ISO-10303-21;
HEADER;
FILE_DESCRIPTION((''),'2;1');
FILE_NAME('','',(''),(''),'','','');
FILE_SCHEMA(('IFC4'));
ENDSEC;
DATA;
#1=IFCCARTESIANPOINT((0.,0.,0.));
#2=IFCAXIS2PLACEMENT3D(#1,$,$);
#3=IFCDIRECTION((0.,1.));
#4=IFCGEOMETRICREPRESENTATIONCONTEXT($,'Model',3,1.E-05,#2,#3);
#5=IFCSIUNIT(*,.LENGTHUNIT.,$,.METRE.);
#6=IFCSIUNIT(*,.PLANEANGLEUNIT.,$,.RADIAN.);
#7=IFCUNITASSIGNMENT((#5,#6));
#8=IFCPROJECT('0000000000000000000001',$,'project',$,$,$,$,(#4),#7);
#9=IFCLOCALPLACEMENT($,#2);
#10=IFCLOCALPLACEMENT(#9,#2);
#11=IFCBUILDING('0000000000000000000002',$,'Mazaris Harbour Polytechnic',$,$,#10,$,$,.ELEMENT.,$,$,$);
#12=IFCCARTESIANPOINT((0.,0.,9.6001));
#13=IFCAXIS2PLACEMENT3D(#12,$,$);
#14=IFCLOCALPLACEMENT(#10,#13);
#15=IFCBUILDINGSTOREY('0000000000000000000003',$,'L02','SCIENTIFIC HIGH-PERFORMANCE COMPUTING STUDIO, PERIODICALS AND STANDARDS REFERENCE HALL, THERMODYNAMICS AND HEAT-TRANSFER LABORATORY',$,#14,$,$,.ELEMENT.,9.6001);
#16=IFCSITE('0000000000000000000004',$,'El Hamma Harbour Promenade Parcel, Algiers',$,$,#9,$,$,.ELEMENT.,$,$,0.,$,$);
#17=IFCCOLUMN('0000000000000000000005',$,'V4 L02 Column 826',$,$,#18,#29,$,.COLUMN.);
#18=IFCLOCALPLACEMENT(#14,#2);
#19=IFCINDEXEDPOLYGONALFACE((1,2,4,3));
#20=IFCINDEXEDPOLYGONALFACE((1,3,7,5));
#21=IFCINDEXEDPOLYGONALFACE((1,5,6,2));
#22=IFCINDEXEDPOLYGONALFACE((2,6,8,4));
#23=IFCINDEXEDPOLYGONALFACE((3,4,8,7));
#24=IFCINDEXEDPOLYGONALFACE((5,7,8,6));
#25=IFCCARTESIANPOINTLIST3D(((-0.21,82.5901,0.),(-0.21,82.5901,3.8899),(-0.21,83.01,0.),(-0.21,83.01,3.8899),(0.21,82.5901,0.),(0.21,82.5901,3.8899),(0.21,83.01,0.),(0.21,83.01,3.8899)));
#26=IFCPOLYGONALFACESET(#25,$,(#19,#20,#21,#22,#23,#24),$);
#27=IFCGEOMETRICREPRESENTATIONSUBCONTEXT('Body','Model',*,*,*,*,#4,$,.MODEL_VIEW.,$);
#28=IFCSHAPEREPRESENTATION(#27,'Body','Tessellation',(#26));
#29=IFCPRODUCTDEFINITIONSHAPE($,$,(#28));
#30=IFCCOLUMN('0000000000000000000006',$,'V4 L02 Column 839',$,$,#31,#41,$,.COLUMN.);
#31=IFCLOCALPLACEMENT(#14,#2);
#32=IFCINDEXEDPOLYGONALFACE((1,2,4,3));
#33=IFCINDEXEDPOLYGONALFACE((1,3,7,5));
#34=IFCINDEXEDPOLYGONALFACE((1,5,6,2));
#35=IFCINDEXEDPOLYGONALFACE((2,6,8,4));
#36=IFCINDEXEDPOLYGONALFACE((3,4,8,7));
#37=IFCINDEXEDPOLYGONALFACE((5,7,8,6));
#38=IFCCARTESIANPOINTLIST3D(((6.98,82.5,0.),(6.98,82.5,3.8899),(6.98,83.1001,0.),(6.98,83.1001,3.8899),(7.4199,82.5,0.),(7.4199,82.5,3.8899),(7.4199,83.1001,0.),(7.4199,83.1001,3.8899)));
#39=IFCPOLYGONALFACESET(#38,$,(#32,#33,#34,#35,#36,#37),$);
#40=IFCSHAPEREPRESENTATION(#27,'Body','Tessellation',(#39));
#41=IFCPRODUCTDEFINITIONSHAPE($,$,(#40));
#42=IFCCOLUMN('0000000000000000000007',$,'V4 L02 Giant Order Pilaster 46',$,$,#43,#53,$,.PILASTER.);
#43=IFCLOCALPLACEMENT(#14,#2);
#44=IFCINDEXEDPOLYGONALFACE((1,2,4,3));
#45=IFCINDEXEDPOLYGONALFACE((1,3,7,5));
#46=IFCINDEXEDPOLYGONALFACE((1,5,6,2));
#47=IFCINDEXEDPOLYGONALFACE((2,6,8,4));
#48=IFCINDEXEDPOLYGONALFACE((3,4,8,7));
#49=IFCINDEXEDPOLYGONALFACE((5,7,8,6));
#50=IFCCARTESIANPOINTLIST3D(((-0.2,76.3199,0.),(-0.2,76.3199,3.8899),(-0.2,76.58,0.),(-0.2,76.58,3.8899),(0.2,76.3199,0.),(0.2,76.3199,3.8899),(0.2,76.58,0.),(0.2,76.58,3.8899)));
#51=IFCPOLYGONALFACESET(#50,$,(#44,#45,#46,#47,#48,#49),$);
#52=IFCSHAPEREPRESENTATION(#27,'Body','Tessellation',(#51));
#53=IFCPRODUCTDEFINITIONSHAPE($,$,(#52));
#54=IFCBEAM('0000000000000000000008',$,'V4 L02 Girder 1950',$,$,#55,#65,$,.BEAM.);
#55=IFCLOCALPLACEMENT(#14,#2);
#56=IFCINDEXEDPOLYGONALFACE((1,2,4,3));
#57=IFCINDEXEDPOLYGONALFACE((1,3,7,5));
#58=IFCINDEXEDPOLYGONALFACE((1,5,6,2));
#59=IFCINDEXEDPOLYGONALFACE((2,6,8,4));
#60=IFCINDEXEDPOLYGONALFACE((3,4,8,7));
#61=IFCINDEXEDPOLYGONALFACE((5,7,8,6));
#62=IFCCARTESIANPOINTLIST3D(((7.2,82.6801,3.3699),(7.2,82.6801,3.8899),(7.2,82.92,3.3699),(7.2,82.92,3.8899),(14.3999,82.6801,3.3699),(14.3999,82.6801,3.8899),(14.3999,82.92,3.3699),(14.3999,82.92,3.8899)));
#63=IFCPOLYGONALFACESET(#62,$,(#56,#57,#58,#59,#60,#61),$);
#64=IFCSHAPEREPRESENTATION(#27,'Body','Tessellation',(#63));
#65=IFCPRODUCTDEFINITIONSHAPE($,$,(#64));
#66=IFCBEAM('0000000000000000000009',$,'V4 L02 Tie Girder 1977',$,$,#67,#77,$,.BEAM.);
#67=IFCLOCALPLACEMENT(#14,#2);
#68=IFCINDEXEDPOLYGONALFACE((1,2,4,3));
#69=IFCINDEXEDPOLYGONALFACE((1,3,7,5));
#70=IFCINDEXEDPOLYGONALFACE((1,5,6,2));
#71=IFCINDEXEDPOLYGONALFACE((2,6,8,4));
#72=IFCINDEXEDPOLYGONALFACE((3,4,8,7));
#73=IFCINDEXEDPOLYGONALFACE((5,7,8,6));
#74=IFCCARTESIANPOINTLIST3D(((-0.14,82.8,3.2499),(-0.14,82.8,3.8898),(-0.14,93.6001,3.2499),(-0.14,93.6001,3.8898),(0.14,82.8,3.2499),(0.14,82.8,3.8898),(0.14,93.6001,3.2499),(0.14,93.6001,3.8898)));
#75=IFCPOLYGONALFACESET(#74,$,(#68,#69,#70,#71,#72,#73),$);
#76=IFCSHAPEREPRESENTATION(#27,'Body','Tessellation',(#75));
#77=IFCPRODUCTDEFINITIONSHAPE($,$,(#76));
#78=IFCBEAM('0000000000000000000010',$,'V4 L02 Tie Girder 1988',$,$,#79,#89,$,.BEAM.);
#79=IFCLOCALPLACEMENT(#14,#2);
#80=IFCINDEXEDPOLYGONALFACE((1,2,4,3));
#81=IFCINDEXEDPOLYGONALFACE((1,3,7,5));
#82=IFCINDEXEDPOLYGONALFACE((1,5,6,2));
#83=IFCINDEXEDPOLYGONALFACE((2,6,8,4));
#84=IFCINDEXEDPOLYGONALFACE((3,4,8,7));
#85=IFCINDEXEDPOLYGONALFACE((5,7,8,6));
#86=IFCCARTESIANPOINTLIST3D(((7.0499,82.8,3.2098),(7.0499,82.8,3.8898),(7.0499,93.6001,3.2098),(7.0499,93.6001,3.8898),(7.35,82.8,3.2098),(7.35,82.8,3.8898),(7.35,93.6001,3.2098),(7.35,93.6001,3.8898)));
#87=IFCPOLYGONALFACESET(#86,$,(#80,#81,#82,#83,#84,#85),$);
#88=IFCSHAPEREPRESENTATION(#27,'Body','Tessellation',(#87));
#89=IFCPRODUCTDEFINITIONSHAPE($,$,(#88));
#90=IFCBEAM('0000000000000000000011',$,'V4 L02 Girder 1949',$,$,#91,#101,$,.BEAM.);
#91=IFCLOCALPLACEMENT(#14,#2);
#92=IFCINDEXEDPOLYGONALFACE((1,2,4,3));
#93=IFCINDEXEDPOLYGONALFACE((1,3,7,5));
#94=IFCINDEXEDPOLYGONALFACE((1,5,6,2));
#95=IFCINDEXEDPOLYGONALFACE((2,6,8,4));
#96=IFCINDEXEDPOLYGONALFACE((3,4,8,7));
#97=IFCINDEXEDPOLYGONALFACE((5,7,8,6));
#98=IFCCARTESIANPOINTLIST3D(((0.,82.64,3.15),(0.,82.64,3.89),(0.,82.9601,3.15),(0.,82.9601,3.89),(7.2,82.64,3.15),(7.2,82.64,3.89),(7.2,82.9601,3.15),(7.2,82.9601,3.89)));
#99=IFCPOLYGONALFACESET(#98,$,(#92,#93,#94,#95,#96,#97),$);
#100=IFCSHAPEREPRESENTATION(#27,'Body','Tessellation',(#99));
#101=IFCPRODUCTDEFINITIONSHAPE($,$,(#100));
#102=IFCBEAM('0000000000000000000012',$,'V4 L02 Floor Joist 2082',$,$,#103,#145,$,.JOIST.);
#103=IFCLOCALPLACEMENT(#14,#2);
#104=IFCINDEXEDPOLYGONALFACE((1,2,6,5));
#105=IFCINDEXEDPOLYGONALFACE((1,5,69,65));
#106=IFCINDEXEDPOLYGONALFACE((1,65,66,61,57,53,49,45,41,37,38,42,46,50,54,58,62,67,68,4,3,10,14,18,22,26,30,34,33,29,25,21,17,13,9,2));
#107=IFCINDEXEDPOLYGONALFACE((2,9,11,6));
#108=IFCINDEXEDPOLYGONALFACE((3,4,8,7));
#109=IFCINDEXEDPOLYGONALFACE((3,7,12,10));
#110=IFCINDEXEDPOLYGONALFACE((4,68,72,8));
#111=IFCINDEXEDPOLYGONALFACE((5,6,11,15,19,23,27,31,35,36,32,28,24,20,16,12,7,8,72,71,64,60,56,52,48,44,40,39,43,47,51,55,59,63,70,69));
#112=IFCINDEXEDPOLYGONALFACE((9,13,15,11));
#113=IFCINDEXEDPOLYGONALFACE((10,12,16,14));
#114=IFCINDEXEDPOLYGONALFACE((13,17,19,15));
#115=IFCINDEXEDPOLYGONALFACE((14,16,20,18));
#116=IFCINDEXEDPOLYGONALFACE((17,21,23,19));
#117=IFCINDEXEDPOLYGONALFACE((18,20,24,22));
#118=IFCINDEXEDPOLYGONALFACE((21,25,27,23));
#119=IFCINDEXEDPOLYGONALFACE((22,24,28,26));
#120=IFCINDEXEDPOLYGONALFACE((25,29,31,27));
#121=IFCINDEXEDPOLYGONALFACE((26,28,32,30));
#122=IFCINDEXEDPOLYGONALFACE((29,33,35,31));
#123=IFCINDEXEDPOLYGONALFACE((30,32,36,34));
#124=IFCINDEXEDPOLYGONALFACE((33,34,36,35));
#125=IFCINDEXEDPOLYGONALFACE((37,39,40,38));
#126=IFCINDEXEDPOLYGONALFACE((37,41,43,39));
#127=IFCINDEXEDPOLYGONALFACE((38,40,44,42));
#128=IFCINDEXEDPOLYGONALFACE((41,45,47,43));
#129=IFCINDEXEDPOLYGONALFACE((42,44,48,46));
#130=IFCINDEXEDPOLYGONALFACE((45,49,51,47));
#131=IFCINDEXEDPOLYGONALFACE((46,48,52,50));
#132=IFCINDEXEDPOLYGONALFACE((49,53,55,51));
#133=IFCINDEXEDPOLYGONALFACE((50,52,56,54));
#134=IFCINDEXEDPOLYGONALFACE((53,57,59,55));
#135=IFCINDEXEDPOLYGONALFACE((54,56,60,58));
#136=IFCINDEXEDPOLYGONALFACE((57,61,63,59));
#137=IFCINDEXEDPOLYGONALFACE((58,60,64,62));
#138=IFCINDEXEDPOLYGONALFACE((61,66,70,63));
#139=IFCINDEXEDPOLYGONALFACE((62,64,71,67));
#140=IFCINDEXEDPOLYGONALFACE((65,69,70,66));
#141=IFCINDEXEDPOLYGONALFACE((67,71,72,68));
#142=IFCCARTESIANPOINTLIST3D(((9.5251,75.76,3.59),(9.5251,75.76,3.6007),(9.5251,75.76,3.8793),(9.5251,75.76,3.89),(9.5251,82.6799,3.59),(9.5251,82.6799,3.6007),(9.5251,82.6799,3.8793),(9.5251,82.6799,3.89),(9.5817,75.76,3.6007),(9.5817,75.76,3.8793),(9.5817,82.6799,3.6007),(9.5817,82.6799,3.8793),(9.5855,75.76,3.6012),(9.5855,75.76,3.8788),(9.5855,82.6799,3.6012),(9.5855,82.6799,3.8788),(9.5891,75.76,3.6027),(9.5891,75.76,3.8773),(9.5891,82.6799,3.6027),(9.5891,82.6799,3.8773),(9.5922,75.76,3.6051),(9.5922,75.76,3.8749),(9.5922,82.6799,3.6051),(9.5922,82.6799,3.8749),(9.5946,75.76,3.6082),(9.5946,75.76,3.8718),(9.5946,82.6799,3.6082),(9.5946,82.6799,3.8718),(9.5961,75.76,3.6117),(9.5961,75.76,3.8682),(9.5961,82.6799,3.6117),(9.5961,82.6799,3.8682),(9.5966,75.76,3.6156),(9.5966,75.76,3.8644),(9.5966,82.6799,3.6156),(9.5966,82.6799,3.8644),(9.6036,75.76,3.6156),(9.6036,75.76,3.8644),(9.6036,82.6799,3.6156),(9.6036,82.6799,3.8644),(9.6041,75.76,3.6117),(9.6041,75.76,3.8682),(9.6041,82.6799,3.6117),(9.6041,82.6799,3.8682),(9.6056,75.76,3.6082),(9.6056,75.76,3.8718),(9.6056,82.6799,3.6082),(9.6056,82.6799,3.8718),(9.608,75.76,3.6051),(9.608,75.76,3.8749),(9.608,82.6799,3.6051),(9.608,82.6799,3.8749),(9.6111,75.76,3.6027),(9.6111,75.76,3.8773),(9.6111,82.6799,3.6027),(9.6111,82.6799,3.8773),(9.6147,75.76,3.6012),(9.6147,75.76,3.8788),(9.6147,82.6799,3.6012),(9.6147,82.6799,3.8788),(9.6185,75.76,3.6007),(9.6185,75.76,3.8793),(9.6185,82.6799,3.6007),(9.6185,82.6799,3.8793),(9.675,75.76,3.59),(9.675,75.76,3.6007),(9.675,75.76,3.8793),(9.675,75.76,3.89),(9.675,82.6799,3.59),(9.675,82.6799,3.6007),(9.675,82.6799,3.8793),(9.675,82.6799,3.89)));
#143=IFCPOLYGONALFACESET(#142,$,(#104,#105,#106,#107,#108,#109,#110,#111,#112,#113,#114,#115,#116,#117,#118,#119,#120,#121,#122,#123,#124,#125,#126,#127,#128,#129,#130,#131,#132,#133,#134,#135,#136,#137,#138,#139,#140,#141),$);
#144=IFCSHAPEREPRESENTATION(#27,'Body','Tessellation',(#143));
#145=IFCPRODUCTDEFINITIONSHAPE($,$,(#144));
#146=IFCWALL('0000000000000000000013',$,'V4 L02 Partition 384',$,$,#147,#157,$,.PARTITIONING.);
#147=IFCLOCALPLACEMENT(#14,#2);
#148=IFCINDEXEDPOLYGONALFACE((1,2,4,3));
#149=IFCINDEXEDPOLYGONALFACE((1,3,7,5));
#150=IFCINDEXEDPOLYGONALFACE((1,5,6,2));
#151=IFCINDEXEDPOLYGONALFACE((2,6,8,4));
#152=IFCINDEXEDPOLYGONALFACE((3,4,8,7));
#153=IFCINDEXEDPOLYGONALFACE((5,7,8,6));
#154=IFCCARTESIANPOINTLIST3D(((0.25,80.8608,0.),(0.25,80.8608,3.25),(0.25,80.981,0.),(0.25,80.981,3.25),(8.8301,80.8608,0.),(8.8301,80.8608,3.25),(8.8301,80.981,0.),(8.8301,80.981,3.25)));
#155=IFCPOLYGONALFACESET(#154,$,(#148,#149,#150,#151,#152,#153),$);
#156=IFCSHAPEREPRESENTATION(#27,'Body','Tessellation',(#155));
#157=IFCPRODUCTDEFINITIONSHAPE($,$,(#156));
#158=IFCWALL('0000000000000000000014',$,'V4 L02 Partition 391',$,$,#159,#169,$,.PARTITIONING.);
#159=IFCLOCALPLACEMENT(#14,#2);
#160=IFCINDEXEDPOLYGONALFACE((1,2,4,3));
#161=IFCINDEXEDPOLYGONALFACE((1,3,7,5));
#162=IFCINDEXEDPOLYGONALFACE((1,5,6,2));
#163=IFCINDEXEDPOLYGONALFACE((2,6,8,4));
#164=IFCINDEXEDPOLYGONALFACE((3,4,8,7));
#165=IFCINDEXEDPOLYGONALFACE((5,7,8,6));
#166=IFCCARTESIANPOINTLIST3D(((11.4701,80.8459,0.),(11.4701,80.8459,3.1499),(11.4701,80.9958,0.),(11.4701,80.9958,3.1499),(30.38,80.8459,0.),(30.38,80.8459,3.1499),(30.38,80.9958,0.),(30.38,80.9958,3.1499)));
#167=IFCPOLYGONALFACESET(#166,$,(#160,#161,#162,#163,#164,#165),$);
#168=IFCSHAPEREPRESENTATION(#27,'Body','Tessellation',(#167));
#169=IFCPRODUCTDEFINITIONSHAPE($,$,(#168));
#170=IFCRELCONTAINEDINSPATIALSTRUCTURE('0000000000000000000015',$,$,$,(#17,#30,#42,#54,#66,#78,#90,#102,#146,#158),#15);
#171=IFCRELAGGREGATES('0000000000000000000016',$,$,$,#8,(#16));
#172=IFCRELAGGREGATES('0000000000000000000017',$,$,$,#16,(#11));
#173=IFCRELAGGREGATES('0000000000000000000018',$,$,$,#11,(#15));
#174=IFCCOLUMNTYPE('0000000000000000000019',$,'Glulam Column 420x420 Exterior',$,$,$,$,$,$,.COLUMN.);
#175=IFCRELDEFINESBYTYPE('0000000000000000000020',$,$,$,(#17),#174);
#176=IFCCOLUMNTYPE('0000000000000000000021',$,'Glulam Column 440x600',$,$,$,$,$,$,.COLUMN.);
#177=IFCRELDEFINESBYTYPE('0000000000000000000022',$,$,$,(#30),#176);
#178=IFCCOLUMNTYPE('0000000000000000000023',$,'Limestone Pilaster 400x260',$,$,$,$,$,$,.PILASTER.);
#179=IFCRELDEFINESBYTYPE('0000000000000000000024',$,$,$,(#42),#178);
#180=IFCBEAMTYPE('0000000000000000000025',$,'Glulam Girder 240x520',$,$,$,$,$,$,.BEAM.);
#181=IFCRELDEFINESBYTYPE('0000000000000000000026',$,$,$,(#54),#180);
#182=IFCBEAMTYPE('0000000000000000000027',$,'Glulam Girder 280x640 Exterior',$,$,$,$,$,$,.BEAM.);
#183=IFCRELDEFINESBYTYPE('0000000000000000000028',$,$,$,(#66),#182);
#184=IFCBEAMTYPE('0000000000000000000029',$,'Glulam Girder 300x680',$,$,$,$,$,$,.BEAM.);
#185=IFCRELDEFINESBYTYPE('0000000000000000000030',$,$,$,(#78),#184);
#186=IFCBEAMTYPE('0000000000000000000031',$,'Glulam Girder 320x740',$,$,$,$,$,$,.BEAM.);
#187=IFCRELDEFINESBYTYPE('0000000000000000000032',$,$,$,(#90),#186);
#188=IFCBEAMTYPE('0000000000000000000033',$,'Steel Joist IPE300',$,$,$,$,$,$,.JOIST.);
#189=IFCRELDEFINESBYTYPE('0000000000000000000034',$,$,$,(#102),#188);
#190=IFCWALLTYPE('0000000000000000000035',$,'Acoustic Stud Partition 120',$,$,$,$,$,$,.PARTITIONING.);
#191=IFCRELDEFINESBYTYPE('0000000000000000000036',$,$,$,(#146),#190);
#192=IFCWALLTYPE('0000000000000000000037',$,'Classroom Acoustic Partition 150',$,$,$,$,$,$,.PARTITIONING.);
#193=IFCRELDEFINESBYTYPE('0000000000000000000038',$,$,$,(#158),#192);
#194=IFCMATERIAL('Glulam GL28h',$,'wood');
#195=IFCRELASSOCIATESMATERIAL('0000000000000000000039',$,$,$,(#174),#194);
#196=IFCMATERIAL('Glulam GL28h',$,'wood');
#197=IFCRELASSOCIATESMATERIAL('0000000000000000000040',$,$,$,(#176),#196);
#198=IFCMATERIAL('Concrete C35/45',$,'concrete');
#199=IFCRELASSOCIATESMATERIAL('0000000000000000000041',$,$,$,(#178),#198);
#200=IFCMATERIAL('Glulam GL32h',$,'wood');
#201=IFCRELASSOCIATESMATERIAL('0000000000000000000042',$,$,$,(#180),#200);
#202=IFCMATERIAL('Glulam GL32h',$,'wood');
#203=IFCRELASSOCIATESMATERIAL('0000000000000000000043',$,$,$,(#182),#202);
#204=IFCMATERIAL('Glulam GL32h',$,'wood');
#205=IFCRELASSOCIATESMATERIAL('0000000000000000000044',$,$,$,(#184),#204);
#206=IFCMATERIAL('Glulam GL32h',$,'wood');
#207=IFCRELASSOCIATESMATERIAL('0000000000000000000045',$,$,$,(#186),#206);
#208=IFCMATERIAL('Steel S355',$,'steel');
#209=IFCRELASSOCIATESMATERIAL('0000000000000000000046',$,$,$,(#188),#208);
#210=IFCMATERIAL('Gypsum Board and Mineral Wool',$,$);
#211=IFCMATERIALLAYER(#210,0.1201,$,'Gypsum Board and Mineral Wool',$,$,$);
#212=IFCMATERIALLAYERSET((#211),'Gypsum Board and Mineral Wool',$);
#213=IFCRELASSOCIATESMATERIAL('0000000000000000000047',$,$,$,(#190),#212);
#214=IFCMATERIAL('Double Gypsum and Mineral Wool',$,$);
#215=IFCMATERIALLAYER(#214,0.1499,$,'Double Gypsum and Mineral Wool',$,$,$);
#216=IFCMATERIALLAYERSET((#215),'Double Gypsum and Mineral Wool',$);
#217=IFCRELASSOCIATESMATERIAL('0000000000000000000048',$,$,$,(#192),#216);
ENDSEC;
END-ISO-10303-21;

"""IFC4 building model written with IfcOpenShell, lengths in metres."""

from ifc_helpers import new_model, si_unit, direction, frame, frame_2d, origin, origin_2d, place, context, subcontext, project, spatial, rectangle, i_section, extrude, material, layer, layer_set, material_profile, profile_set, type_object, element, save


model = new_model("IFC4")

# Units and contexts
model_context = context("Model", 3, precision=1e-05, world=origin(), true_north=direction((0.0, 1.0)))
body_context = subcontext(model_context, "Body", "Model", "MODEL_VIEW")
ifc_project = project(units=[si_unit("LENGTHUNIT", "METRE"), si_unit("PLANEANGLEUNIT", "RADIAN")], contexts=[model_context])

# Site, building, storey
site_placement = place(None, origin())
site = spatial("IfcSite", under=ifc_project, at=site_placement, Name="El Hamma Harbour Promenade Parcel, Algiers", CompositionType="ELEMENT", RefElevation=0.0)
building_placement = place(site_placement, origin())
building = spatial("IfcBuilding", under=site, at=building_placement, Name="Mazaris Harbour Polytechnic", CompositionType="ELEMENT")
storey_placement = place(building_placement, frame((0.0, 0.0, 9.6001)))
storey = spatial("IfcBuildingStorey", under=building, at=storey_placement, Name="L02", Description="SCIENTIFIC HIGH-PERFORMANCE COMPUTING STUDIO, PERIODICALS AND STANDARDS REFERENCE HALL, THERMODYNAMICS AND HEAT-TRANSFER LABORATORY", CompositionType="ELEMENT", Elevation=9.6001)

# Columns
ifc_material_1 = material(Name="Glulam GL28h", Category="wood")
ifc_material_profile_1 = material_profile(ifc_material_1, rectangle(XDim=0.4199, YDim=0.4199, at=origin_2d()), Name="RECT420x420")
ifc_profile_set_1 = profile_set([ifc_material_profile_1], Name="Glulam GL28h")
column_type_1 = type_object("IfcColumnType", Name="Glulam Column 420x420 Exterior", PredefinedType="COLUMN", material=ifc_profile_set_1)
column_1_placement = place(storey_placement, frame((0.0, 82.8, 0.0), z_axis=(0.0, 0.0, 1.0), x_axis=(1.0, 0.0, 0.0)))
element("IfcColumn", 1, at=column_1_placement, inside=storey, type_object=column_type_1, Name="V4 L02 Column 826", PredefinedType="COLUMN", context=body_context, shape_type="SweptSolid", body=[
    extrude(rectangle(XDim=0.4199, YDim=0.4199, at=origin_2d()), origin(), (0.0, 0.0, 1.0), 3.8899),
])
ifc_material_2 = material(Name="Glulam GL28h", Category="wood")
ifc_material_profile_2 = material_profile(ifc_material_2, rectangle(XDim=0.4399, YDim=0.6001, at=origin_2d()), Name="RECT440x600")
ifc_profile_set_2 = profile_set([ifc_material_profile_2], Name="Glulam GL28h")
column_type_2 = type_object("IfcColumnType", Name="Glulam Column 440x600", PredefinedType="COLUMN", material=ifc_profile_set_2)
column_2_placement = place(storey_placement, frame((7.2, 82.8, 0.0), z_axis=(0.0, 0.0, 1.0), x_axis=(1.0, 0.0, 0.0)))
element("IfcColumn", 2, at=column_2_placement, inside=storey, type_object=column_type_2, Name="V4 L02 Column 839", PredefinedType="COLUMN", context=body_context, shape_type="SweptSolid", body=[
    extrude(rectangle(XDim=0.4399, YDim=0.6001, at=origin_2d()), origin(), (0.0, 0.0, 1.0), 3.8899),
])
ifc_material_3 = material(Name="Concrete C35/45", Category="concrete")
ifc_material_profile_3 = material_profile(ifc_material_3, rectangle(XDim=0.3999, YDim=0.26, at=origin_2d()), Name="RECT400x260")
ifc_profile_set_3 = profile_set([ifc_material_profile_3], Name="Concrete C35/45")
column_type_3 = type_object("IfcColumnType", Name="Limestone Pilaster 400x260", PredefinedType="PILASTER", material=ifc_profile_set_3)
column_3_placement = place(storey_placement, frame((0.0, 76.45, 0.0), z_axis=(0.0, 0.0, 1.0), x_axis=(1.0, 0.0, 0.0)))
element("IfcColumn", 3, at=column_3_placement, inside=storey, type_object=column_type_3, Name="V4 L02 Giant Order Pilaster 46", PredefinedType="PILASTER", context=body_context, shape_type="SweptSolid", body=[
    extrude(rectangle(XDim=0.3999, YDim=0.26, at=origin_2d()), origin(), (0.0, 0.0, 1.0), 3.8899),
])

# Beams
ifc_material_4 = material(Name="Glulam GL32h", Category="wood")
ifc_material_profile_4 = material_profile(ifc_material_4, rectangle(XDim=0.24, YDim=0.52, at=origin_2d()), Name="RECT240x520")
ifc_profile_set_4 = profile_set([ifc_material_profile_4], Name="Glulam GL32h")
beam_type_1 = type_object("IfcBeamType", Name="Glulam Girder 240x520", PredefinedType="BEAM", material=ifc_profile_set_4)
beam_1_placement = place(storey_placement, frame((7.2, 82.8, 3.6299), z_axis=(1.0, 0.0, 0.0), x_axis=(0.0, 1.0, 0.0)))
element("IfcBeam", 4, at=beam_1_placement, inside=storey, type_object=beam_type_1, Name="V4 L02 Girder 1950", PredefinedType="BEAM", context=body_context, shape_type="SweptSolid", body=[
    extrude(rectangle(XDim=0.24, YDim=0.52, at=origin_2d()), origin(), (0.0, 0.0, 1.0), 7.2),
])
ifc_material_5 = material(Name="Glulam GL32h", Category="wood")
ifc_material_profile_5 = material_profile(ifc_material_5, rectangle(XDim=0.28, YDim=0.6399, at=origin_2d()), Name="RECT280x640")
ifc_profile_set_5 = profile_set([ifc_material_profile_5], Name="Glulam GL32h")
beam_type_2 = type_object("IfcBeamType", Name="Glulam Girder 280x640 Exterior", PredefinedType="BEAM", material=ifc_profile_set_5)
beam_2_placement = place(storey_placement, frame((0.0, 82.8, 3.5698), z_axis=(0.0, 1.0, 0.0), x_axis=(-1.0, 0.0, 0.0)))
element("IfcBeam", 5, at=beam_2_placement, inside=storey, type_object=beam_type_2, Name="V4 L02 Tie Girder 1977", PredefinedType="BEAM", context=body_context, shape_type="SweptSolid", body=[
    extrude(rectangle(XDim=0.28, YDim=0.6399, at=origin_2d()), origin(), (0.0, 0.0, 1.0), 10.8),
])
ifc_material_6 = material(Name="Glulam GL32h", Category="wood")
ifc_material_profile_6 = material_profile(ifc_material_6, rectangle(XDim=0.3, YDim=0.6799, at=origin_2d()), Name="RECT300x680")
ifc_profile_set_6 = profile_set([ifc_material_profile_6], Name="Glulam GL32h")
beam_type_3 = type_object("IfcBeamType", Name="Glulam Girder 300x680", PredefinedType="BEAM", material=ifc_profile_set_6)
beam_3_placement = place(storey_placement, frame((7.2, 82.8, 3.5498), z_axis=(0.0, 1.0, 0.0), x_axis=(-1.0, 0.0, 0.0)))
element("IfcBeam", 6, at=beam_3_placement, inside=storey, type_object=beam_type_3, Name="V4 L02 Tie Girder 1988", PredefinedType="BEAM", context=body_context, shape_type="SweptSolid", body=[
    extrude(rectangle(XDim=0.3, YDim=0.6799, at=origin_2d()), origin(), (0.0, 0.0, 1.0), 10.8),
])
ifc_material_7 = material(Name="Glulam GL32h", Category="wood")
ifc_material_profile_7 = material_profile(ifc_material_7, rectangle(XDim=0.3201, YDim=0.74, at=origin_2d()), Name="RECT320x740")
ifc_profile_set_7 = profile_set([ifc_material_profile_7], Name="Glulam GL32h")
beam_type_4 = type_object("IfcBeamType", Name="Glulam Girder 320x740", PredefinedType="BEAM", material=ifc_profile_set_7)
beam_4_placement = place(storey_placement, frame((0.0, 82.8, 3.52), z_axis=(1.0, 0.0, 0.0), x_axis=(0.0, 1.0, 0.0)))
element("IfcBeam", 7, at=beam_4_placement, inside=storey, type_object=beam_type_4, Name="V4 L02 Girder 1949", PredefinedType="BEAM", context=body_context, shape_type="SweptSolid", body=[
    extrude(rectangle(XDim=0.3201, YDim=0.74, at=origin_2d()), origin(), (0.0, 0.0, 1.0), 7.2),
])
ifc_material_8 = material(Name="Steel S355", Category="steel")
ifc_material_profile_8 = material_profile(ifc_material_8, i_section(OverallWidth=0.1499, OverallDepth=0.3, WebThickness=0.0071, FlangeThickness=0.0107, FilletRadius=0.0149, at=origin_2d()), Name="IPE 300")
ifc_profile_set_8 = profile_set([ifc_material_profile_8], Name="Steel S355")
beam_type_5 = type_object("IfcBeamType", Name="Steel Joist IPE300", PredefinedType="JOIST", material=ifc_profile_set_8)
beam_5_placement = place(storey_placement, frame((9.6001, 75.76, 3.74), z_axis=(0.0, 1.0, 0.0), x_axis=(-1.0, 0.0, 0.0)))
element("IfcBeam", 8, at=beam_5_placement, inside=storey, type_object=beam_type_5, Name="V4 L02 Floor Joist 2082", PredefinedType="JOIST", context=body_context, shape_type="SweptSolid", body=[
    extrude(i_section(OverallWidth=0.1499, OverallDepth=0.3, WebThickness=0.0071, FlangeThickness=0.0107, FilletRadius=0.0149, at=origin_2d()), origin(), (0.0, 0.0, 1.0), 6.9199),
])

# Walls
ifc_material_9 = material(Name="Gypsum Board and Mineral Wool")
ifc_layer_1 = layer(ifc_material_9, 0.1201, Name="Gypsum Board and Mineral Wool")
ifc_layer_set_1 = layer_set([ifc_layer_1], Name="Gypsum Board and Mineral Wool")
wall_type_1 = type_object("IfcWallType", Name="Acoustic Stud Partition 120", PredefinedType="PARTITIONING", material=ifc_layer_set_1)
wall_1_placement = place(storey_placement, frame((0.25, 80.9209, 0.0), z_axis=(0.0, 0.0, 1.0), x_axis=(1.0, 0.0, 0.0)))
element("IfcWall", 9, at=wall_1_placement, inside=storey, type_object=wall_type_1, Name="V4 L02 Partition 384", PredefinedType="PARTITIONING", context=body_context, shape_type="SweptSolid", body=[
    extrude(rectangle(XDim=8.5801, YDim=0.1201, at=frame_2d((4.29, 0.0))), origin(), (0.0, 0.0, 1.0), 3.25),
])
ifc_material_10 = material(Name="Double Gypsum and Mineral Wool")
ifc_layer_2 = layer(ifc_material_10, 0.1499, Name="Double Gypsum and Mineral Wool")
ifc_layer_set_2 = layer_set([ifc_layer_2], Name="Double Gypsum and Mineral Wool")
wall_type_2 = type_object("IfcWallType", Name="Classroom Acoustic Partition 150", PredefinedType="PARTITIONING", material=ifc_layer_set_2)
wall_2_placement = place(storey_placement, frame((11.47, 80.9209, 0.0), z_axis=(0.0, 0.0, 1.0), x_axis=(1.0, 0.0, 0.0)))
element("IfcWall", 10, at=wall_2_placement, inside=storey, type_object=wall_type_2, Name="V4 L02 Partition 391", PredefinedType="PARTITIONING", context=body_context, shape_type="SweptSolid", body=[
    extrude(rectangle(XDim=18.9099, YDim=0.1499, at=frame_2d((9.4551, 0.0))), origin(), (0.0, 0.0, 1.0), 3.1499),
])

save(model, "model.ifc")
